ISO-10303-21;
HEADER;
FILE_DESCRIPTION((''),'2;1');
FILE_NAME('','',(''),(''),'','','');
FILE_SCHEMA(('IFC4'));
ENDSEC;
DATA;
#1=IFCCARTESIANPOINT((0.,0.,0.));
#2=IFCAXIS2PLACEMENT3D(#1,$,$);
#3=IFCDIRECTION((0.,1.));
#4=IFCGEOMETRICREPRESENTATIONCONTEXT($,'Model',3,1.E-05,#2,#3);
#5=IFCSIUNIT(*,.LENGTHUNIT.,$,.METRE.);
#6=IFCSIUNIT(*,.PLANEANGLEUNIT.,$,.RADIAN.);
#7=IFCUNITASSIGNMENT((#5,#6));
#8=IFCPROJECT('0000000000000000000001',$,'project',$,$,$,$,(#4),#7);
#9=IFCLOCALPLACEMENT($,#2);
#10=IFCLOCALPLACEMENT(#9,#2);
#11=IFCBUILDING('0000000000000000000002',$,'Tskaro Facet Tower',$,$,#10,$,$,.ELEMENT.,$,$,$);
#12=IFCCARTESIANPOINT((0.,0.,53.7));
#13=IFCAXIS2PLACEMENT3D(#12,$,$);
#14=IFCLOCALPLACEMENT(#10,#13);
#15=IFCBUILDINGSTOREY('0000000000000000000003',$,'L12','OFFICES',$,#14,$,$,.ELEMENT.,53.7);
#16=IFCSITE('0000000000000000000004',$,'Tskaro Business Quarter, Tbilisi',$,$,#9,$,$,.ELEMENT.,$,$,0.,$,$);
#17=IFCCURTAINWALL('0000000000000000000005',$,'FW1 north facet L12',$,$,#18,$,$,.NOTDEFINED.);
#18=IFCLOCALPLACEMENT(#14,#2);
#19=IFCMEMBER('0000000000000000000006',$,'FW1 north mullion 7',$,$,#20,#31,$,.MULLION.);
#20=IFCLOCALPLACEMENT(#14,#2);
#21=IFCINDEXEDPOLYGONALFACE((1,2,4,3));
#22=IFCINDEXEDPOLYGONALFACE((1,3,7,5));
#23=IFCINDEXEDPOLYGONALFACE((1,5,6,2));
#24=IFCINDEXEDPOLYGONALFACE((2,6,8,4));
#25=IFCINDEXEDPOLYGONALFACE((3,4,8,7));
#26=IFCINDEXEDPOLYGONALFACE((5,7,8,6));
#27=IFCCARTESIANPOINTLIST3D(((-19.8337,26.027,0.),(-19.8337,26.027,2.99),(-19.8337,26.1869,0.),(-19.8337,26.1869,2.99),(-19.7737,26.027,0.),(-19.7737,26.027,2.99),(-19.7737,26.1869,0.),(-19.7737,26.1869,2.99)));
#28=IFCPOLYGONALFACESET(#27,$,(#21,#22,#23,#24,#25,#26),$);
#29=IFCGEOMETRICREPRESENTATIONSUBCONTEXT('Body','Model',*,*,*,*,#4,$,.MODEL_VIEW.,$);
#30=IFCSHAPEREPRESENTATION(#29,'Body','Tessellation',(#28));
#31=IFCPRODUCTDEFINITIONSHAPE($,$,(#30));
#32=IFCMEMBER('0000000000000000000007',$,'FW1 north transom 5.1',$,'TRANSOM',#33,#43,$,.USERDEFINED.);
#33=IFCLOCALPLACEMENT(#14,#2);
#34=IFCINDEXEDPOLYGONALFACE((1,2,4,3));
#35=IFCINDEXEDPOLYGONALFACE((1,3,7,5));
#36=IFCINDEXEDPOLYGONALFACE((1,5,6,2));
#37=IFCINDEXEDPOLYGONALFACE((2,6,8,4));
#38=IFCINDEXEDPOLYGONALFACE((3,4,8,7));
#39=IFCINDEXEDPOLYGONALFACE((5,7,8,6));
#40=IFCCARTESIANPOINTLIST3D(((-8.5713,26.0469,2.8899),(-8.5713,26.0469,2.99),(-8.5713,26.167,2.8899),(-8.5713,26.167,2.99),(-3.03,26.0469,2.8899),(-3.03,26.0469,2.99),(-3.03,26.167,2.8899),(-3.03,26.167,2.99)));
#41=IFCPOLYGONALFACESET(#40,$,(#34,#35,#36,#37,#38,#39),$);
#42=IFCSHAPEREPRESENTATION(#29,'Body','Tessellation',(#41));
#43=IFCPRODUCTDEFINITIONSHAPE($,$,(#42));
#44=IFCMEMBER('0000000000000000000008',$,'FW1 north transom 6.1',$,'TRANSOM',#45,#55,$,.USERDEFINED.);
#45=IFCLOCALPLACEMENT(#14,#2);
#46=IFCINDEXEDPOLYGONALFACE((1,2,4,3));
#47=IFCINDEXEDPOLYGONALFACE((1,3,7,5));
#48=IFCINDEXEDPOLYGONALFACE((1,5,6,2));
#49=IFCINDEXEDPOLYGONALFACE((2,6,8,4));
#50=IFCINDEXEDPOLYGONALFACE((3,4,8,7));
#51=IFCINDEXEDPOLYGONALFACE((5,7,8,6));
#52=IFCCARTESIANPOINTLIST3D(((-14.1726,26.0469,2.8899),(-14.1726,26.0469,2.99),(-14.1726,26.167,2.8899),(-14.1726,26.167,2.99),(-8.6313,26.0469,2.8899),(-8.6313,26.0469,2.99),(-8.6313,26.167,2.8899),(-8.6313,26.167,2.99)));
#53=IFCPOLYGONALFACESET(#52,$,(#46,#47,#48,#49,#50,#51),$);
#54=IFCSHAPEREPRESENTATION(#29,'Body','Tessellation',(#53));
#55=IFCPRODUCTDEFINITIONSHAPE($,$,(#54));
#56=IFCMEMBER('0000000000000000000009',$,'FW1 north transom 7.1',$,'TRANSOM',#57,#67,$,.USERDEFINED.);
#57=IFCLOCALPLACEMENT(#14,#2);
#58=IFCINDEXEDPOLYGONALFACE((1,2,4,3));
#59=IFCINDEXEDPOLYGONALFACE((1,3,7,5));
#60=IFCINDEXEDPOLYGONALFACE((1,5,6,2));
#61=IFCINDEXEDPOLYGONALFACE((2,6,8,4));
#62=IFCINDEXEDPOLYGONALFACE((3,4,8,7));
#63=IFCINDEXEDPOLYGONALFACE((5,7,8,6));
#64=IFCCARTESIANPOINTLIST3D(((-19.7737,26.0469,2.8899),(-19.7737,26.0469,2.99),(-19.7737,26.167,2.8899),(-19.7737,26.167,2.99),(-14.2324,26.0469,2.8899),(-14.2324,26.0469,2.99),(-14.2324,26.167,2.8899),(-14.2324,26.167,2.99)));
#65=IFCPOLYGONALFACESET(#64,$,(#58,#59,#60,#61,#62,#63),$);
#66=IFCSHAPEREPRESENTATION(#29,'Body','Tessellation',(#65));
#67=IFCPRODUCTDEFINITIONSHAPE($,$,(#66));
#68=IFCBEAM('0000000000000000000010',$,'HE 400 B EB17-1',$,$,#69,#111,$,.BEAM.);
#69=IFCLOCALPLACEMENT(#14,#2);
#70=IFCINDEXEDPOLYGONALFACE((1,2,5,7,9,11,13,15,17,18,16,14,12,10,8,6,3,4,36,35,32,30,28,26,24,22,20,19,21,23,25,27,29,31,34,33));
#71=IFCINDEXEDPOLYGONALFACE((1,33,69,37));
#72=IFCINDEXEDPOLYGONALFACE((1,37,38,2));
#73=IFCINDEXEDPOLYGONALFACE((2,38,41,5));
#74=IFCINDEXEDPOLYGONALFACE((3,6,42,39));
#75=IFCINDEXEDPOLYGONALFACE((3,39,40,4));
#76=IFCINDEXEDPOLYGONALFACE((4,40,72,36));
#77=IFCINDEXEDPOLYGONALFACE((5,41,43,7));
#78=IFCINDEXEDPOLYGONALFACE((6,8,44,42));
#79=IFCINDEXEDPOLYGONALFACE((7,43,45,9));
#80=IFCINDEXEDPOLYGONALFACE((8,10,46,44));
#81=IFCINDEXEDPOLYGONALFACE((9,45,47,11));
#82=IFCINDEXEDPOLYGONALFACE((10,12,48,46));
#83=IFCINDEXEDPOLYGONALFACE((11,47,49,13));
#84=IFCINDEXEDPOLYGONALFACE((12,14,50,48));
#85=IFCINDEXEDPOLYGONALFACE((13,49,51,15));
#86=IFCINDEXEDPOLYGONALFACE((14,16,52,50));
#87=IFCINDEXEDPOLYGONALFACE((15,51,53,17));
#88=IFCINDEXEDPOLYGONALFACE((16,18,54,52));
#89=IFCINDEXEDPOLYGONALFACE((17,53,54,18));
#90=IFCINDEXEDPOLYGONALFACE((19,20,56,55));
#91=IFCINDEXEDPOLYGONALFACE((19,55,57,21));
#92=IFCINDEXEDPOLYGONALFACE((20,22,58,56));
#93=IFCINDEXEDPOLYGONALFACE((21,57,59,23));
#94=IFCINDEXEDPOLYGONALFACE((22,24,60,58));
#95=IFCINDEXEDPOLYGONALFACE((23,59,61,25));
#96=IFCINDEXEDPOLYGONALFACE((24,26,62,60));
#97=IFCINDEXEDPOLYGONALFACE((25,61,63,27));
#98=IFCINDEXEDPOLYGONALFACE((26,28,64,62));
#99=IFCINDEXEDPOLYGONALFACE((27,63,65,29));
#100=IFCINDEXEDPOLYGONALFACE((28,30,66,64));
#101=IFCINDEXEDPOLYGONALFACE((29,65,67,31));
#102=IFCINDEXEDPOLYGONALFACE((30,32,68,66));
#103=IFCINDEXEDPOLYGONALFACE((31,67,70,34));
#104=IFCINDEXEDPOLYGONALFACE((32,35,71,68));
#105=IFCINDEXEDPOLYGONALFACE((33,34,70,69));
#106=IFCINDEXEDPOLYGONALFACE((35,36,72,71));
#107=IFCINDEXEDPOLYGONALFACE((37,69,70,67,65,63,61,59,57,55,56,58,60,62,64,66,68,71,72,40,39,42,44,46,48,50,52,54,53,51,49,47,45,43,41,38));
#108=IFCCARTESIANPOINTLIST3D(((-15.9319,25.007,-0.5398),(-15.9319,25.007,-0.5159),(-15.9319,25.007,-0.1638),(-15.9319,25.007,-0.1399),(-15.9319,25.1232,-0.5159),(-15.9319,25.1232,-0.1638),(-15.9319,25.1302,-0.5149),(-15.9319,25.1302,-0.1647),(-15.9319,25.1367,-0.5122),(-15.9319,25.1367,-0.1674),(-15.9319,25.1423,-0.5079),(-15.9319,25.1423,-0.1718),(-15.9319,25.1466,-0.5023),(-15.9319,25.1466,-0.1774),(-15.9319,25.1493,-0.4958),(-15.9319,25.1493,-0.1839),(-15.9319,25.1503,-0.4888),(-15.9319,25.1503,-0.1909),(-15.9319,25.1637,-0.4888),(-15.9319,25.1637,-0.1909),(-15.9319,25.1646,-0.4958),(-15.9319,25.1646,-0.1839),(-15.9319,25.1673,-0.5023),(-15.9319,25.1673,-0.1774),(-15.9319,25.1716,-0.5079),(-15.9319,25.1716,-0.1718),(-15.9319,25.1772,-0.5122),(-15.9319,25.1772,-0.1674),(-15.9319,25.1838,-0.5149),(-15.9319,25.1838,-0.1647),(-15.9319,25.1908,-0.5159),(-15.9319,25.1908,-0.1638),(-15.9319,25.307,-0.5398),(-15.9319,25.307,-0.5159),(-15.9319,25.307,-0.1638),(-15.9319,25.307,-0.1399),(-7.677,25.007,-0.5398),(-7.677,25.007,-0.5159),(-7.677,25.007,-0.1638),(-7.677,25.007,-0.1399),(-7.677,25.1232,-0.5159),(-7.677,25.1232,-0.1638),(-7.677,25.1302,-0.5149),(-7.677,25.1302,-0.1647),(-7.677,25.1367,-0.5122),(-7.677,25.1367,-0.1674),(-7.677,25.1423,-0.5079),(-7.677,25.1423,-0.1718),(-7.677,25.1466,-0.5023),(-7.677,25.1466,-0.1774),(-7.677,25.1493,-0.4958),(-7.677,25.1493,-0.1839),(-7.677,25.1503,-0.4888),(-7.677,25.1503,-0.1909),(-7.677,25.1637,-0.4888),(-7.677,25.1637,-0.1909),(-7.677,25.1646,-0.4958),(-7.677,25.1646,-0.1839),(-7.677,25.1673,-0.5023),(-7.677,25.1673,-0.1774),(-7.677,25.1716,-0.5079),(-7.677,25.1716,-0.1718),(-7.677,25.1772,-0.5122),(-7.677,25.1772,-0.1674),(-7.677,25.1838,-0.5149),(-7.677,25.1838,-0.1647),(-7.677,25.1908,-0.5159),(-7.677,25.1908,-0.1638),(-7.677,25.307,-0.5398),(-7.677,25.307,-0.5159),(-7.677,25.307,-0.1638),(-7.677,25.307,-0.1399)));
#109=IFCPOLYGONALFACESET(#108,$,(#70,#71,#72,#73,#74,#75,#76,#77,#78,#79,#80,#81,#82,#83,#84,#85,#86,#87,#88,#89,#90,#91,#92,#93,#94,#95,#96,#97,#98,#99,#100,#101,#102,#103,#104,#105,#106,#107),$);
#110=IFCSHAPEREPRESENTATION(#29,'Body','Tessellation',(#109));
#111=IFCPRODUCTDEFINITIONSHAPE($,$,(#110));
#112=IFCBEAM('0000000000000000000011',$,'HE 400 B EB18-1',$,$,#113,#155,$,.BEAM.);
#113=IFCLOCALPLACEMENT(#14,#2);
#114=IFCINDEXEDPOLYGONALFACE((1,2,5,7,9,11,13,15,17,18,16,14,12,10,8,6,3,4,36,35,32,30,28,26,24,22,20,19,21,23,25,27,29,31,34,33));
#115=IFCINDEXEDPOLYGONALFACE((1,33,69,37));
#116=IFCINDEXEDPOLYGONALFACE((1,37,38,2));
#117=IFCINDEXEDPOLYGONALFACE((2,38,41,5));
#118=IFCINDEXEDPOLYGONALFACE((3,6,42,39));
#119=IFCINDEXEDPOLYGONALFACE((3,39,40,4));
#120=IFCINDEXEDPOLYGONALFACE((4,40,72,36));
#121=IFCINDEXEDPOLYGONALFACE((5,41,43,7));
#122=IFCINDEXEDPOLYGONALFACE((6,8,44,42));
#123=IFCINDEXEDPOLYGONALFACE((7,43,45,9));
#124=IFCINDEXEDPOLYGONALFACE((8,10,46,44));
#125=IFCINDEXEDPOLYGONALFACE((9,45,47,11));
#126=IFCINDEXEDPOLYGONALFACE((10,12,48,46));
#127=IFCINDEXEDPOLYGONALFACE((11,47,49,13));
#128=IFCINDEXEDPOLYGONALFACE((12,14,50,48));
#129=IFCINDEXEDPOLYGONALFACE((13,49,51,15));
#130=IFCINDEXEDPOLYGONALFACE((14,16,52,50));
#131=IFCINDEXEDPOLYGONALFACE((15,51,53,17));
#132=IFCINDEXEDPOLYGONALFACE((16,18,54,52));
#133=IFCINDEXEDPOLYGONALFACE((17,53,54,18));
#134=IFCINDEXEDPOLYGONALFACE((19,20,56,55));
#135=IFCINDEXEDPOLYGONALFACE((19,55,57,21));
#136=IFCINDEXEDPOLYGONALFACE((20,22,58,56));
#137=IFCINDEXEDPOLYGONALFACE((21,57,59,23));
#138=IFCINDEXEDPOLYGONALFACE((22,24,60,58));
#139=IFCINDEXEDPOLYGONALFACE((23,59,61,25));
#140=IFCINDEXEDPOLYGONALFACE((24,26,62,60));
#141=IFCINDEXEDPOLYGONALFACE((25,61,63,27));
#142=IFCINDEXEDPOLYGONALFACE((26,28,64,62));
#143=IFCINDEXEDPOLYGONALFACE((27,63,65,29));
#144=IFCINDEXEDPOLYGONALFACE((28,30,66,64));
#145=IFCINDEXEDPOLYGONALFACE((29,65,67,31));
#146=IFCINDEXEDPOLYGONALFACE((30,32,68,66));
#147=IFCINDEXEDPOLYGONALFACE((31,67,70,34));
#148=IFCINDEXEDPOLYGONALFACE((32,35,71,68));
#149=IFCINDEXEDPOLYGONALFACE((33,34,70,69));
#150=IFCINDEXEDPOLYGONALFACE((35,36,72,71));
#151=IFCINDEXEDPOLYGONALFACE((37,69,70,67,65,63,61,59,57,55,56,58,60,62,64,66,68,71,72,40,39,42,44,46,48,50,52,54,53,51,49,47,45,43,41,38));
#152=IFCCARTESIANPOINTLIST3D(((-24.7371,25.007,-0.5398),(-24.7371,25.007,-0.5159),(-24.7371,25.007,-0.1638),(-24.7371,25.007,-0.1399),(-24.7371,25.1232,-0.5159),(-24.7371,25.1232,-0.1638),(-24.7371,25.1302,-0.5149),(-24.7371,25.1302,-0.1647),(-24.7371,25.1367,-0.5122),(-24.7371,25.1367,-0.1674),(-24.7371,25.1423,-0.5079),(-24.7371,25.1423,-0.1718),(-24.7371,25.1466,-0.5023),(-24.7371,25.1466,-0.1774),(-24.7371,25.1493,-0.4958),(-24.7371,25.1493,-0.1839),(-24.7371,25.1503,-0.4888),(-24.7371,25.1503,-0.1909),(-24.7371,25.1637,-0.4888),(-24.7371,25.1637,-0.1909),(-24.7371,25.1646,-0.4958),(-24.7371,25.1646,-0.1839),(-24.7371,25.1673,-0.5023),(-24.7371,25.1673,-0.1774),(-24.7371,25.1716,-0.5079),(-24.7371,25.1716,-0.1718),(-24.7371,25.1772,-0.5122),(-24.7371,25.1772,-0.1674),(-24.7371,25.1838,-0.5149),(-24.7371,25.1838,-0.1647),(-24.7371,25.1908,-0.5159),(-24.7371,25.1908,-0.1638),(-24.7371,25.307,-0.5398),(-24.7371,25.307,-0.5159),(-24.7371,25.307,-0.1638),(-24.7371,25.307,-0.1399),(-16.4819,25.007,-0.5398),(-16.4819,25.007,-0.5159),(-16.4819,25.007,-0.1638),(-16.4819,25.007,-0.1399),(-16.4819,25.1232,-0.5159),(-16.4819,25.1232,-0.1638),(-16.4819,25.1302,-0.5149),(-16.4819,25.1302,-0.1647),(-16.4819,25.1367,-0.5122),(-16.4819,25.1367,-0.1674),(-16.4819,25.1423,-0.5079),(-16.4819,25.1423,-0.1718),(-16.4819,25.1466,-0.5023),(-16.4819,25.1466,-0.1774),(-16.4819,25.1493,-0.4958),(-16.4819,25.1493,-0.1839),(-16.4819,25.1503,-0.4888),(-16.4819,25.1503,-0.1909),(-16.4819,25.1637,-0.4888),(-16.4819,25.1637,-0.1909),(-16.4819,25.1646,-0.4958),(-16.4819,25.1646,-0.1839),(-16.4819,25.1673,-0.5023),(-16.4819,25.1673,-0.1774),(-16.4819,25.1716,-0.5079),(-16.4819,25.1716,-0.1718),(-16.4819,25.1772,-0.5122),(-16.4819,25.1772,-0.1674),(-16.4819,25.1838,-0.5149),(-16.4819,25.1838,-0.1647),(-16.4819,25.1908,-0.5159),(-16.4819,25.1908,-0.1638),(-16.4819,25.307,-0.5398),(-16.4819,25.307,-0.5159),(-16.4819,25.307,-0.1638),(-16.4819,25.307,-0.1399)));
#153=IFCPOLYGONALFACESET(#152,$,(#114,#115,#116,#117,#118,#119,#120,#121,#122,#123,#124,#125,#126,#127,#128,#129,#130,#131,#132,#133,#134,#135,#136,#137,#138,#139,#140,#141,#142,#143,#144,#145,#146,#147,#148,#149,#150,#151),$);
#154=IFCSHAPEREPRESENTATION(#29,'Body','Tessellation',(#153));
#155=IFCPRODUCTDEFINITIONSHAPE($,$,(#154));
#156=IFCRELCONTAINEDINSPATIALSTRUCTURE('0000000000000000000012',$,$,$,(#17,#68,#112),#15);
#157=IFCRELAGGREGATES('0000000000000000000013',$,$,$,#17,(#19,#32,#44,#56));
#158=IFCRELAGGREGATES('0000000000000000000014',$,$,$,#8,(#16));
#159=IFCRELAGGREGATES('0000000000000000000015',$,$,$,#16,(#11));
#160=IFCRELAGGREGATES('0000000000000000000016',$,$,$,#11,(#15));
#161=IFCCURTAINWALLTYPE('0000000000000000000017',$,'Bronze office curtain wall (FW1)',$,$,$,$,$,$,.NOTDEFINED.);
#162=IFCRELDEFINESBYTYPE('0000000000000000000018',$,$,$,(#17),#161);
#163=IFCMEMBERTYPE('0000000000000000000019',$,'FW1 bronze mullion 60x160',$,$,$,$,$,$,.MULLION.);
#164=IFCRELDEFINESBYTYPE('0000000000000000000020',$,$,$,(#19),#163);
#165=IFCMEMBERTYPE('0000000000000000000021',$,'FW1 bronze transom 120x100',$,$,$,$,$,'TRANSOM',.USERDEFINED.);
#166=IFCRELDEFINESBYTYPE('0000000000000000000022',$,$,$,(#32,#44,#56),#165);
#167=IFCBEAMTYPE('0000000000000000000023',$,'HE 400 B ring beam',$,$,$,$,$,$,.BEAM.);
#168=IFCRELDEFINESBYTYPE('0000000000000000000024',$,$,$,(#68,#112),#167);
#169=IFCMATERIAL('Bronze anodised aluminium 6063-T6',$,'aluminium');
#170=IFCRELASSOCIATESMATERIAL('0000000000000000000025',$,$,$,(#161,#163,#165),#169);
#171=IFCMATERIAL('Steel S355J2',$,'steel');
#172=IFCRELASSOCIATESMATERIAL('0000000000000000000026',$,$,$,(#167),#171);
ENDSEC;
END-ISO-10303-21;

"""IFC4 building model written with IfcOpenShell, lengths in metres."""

from ifc_helpers import new_model, si_unit, direction, frame, origin, origin_2d, place, context, subcontext, project, spatial, rectangle, i_section, extrude, material, material_profile, profile_set, type_object, element, aggregate, save


model = new_model("IFC4")

# Units and contexts
model_context = context("Model", 3, precision=1e-05, world=origin(), true_north=direction((0.0, 1.0)))
body_context = subcontext(model_context, "Body", "Model", "MODEL_VIEW")
ifc_project = project(units=[si_unit("LENGTHUNIT", "METRE"), si_unit("PLANEANGLEUNIT", "RADIAN")], contexts=[model_context])

# Site, building, storey
site_placement = place(None, origin())
site = spatial("IfcSite", under=ifc_project, at=site_placement, Name="Tskaro Business Quarter, Tbilisi", CompositionType="ELEMENT", RefElevation=0.0)
building_placement = place(site_placement, origin())
building = spatial("IfcBuilding", under=site, at=building_placement, Name="Tskaro Facet Tower", CompositionType="ELEMENT")
storey_placement = place(building_placement, frame((0.0, 0.0, 53.7)))
storey = spatial("IfcBuildingStorey", under=building, at=storey_placement, Name="L12", Description="OFFICES", CompositionType="ELEMENT", Elevation=53.7)

# Curtain wall, members
ifc_material_1 = material(Name="Bronze anodised aluminium 6063-T6", Category="aluminium")
curtain_wall_type = type_object("IfcCurtainWallType", Name="Bronze office curtain wall (FW1)", PredefinedType="NOTDEFINED", material=ifc_material_1)
curtain_wall_placement = place(storey_placement, origin())
curtain_wall = element("IfcCurtainWall", 1, at=curtain_wall_placement, inside=storey, type_object=curtain_wall_type, Name="FW1 north facet L12", PredefinedType="NOTDEFINED")
ifc_material_profile_1 = material_profile(ifc_material_1, rectangle(XDim=0.0601, YDim=0.1599, at=origin_2d()), Name="Mullion 60x160")
ifc_profile_set_1 = profile_set([ifc_material_profile_1], Name="Bronze anodised aluminium 6063-T6")
member_type_1 = type_object("IfcMemberType", Name="FW1 bronze mullion 60x160", PredefinedType="MULLION", material=ifc_profile_set_1)
member_1_placement = place(storey_placement, frame((-19.8037, 26.1069, 0.0), z_axis=(0.0, 0.0, 1.0), x_axis=(-1.0, 0.0, 0.0)))
member_1 = element("IfcMember", 2, at=member_1_placement, type_object=member_type_1, Name="FW1 north mullion 7", PredefinedType="MULLION", context=body_context, shape_type="SweptSolid", body=[
    extrude(rectangle(XDim=0.0601, YDim=0.1599, at=origin_2d()), origin(), (0.0, 0.0, 1.0), 2.99),
])
ifc_material_profile_2 = material_profile(ifc_material_1, rectangle(XDim=0.1201, YDim=0.1001, at=origin_2d()), Name="Transom 120x100")
ifc_profile_set_2 = profile_set([ifc_material_profile_2], Name="Bronze anodised aluminium 6063-T6")
member_type_2 = type_object("IfcMemberType", Name="FW1 bronze transom 120x100", ElementType="TRANSOM", PredefinedType="USERDEFINED", material=ifc_profile_set_2)
member_2_placement = place(storey_placement, frame((-3.03, 26.1069, 2.9399), z_axis=(-1.0, 0.0, 0.0), x_axis=(0.0, -1.0, 0.0)))
member_2 = element("IfcMember", 3, at=member_2_placement, type_object=member_type_2, Name="FW1 north transom 5.1", ObjectType="TRANSOM", PredefinedType="USERDEFINED", context=body_context, shape_type="SweptSolid", body=[
    extrude(rectangle(XDim=0.1201, YDim=0.1001, at=origin_2d()), origin(), (0.0, 0.0, 1.0), 5.5413),
])
member_3_placement = place(storey_placement, frame((-8.6313, 26.1069, 2.9399), z_axis=(-1.0, 0.0, 0.0), x_axis=(0.0, -1.0, 0.0)))
member_3 = element("IfcMember", 4, at=member_3_placement, type_object=member_type_2, Name="FW1 north transom 6.1", ObjectType="TRANSOM", PredefinedType="USERDEFINED", context=body_context, shape_type="SweptSolid", body=[
    extrude(rectangle(XDim=0.1201, YDim=0.1001, at=origin_2d()), origin(), (0.0, 0.0, 1.0), 5.5413),
])
member_4_placement = place(storey_placement, frame((-14.2324, 26.1069, 2.9399), z_axis=(-1.0, 0.0, 0.0), x_axis=(0.0, -1.0, 0.0)))
member_4 = element("IfcMember", 5, at=member_4_placement, type_object=member_type_2, Name="FW1 north transom 7.1", ObjectType="TRANSOM", PredefinedType="USERDEFINED", context=body_context, shape_type="SweptSolid", body=[
    extrude(rectangle(XDim=0.1201, YDim=0.1001, at=origin_2d()), origin(), (0.0, 0.0, 1.0), 5.5413),
])

# Beams
ifc_material_2 = material(Name="Steel S355J2", Category="steel")
ifc_material_profile_3 = material_profile(ifc_material_2, i_section(OverallWidth=0.3, OverallDepth=0.3999, WebThickness=0.0134, FlangeThickness=0.0239, FilletRadius=0.0271, at=origin_2d()), Name="HE 400 B")
ifc_profile_set_3 = profile_set([ifc_material_profile_3], Name="Steel S355J2")
beam_type_1 = type_object("IfcBeamType", Name="HE 400 B ring beam", PredefinedType="BEAM", material=ifc_profile_set_3)
beam_1_placement = place(storey_placement, frame((-7.677, 25.157, -0.3398), z_axis=(-1.0, 0.0, 0.0), x_axis=(0.0, -1.0, 0.0)))
element("IfcBeam", 6, at=beam_1_placement, inside=storey, type_object=beam_type_1, Name="HE 400 B EB17-1", PredefinedType="BEAM", context=body_context, shape_type="SweptSolid", body=[
    extrude(i_section(OverallWidth=0.3, OverallDepth=0.3999, WebThickness=0.0134, FlangeThickness=0.0239, FilletRadius=0.0271, at=origin_2d()), origin(), (0.0, 0.0, 1.0), 8.2549),
])
beam_2_placement = place(storey_placement, frame((-16.4819, 25.157, -0.3398), z_axis=(-1.0, 0.0, 0.0), x_axis=(0.0, -1.0, 0.0)))
element("IfcBeam", 7, at=beam_2_placement, inside=storey, type_object=beam_type_1, Name="HE 400 B EB18-1", PredefinedType="BEAM", context=body_context, shape_type="SweptSolid", body=[
    extrude(i_section(OverallWidth=0.3, OverallDepth=0.3999, WebThickness=0.0134, FlangeThickness=0.0239, FilletRadius=0.0271, at=origin_2d()), origin(), (0.0, 0.0, 1.0), 8.2551),
])

aggregate(curtain_wall, [member_1, member_2, member_3, member_4])

save(model, "model.ifc")
